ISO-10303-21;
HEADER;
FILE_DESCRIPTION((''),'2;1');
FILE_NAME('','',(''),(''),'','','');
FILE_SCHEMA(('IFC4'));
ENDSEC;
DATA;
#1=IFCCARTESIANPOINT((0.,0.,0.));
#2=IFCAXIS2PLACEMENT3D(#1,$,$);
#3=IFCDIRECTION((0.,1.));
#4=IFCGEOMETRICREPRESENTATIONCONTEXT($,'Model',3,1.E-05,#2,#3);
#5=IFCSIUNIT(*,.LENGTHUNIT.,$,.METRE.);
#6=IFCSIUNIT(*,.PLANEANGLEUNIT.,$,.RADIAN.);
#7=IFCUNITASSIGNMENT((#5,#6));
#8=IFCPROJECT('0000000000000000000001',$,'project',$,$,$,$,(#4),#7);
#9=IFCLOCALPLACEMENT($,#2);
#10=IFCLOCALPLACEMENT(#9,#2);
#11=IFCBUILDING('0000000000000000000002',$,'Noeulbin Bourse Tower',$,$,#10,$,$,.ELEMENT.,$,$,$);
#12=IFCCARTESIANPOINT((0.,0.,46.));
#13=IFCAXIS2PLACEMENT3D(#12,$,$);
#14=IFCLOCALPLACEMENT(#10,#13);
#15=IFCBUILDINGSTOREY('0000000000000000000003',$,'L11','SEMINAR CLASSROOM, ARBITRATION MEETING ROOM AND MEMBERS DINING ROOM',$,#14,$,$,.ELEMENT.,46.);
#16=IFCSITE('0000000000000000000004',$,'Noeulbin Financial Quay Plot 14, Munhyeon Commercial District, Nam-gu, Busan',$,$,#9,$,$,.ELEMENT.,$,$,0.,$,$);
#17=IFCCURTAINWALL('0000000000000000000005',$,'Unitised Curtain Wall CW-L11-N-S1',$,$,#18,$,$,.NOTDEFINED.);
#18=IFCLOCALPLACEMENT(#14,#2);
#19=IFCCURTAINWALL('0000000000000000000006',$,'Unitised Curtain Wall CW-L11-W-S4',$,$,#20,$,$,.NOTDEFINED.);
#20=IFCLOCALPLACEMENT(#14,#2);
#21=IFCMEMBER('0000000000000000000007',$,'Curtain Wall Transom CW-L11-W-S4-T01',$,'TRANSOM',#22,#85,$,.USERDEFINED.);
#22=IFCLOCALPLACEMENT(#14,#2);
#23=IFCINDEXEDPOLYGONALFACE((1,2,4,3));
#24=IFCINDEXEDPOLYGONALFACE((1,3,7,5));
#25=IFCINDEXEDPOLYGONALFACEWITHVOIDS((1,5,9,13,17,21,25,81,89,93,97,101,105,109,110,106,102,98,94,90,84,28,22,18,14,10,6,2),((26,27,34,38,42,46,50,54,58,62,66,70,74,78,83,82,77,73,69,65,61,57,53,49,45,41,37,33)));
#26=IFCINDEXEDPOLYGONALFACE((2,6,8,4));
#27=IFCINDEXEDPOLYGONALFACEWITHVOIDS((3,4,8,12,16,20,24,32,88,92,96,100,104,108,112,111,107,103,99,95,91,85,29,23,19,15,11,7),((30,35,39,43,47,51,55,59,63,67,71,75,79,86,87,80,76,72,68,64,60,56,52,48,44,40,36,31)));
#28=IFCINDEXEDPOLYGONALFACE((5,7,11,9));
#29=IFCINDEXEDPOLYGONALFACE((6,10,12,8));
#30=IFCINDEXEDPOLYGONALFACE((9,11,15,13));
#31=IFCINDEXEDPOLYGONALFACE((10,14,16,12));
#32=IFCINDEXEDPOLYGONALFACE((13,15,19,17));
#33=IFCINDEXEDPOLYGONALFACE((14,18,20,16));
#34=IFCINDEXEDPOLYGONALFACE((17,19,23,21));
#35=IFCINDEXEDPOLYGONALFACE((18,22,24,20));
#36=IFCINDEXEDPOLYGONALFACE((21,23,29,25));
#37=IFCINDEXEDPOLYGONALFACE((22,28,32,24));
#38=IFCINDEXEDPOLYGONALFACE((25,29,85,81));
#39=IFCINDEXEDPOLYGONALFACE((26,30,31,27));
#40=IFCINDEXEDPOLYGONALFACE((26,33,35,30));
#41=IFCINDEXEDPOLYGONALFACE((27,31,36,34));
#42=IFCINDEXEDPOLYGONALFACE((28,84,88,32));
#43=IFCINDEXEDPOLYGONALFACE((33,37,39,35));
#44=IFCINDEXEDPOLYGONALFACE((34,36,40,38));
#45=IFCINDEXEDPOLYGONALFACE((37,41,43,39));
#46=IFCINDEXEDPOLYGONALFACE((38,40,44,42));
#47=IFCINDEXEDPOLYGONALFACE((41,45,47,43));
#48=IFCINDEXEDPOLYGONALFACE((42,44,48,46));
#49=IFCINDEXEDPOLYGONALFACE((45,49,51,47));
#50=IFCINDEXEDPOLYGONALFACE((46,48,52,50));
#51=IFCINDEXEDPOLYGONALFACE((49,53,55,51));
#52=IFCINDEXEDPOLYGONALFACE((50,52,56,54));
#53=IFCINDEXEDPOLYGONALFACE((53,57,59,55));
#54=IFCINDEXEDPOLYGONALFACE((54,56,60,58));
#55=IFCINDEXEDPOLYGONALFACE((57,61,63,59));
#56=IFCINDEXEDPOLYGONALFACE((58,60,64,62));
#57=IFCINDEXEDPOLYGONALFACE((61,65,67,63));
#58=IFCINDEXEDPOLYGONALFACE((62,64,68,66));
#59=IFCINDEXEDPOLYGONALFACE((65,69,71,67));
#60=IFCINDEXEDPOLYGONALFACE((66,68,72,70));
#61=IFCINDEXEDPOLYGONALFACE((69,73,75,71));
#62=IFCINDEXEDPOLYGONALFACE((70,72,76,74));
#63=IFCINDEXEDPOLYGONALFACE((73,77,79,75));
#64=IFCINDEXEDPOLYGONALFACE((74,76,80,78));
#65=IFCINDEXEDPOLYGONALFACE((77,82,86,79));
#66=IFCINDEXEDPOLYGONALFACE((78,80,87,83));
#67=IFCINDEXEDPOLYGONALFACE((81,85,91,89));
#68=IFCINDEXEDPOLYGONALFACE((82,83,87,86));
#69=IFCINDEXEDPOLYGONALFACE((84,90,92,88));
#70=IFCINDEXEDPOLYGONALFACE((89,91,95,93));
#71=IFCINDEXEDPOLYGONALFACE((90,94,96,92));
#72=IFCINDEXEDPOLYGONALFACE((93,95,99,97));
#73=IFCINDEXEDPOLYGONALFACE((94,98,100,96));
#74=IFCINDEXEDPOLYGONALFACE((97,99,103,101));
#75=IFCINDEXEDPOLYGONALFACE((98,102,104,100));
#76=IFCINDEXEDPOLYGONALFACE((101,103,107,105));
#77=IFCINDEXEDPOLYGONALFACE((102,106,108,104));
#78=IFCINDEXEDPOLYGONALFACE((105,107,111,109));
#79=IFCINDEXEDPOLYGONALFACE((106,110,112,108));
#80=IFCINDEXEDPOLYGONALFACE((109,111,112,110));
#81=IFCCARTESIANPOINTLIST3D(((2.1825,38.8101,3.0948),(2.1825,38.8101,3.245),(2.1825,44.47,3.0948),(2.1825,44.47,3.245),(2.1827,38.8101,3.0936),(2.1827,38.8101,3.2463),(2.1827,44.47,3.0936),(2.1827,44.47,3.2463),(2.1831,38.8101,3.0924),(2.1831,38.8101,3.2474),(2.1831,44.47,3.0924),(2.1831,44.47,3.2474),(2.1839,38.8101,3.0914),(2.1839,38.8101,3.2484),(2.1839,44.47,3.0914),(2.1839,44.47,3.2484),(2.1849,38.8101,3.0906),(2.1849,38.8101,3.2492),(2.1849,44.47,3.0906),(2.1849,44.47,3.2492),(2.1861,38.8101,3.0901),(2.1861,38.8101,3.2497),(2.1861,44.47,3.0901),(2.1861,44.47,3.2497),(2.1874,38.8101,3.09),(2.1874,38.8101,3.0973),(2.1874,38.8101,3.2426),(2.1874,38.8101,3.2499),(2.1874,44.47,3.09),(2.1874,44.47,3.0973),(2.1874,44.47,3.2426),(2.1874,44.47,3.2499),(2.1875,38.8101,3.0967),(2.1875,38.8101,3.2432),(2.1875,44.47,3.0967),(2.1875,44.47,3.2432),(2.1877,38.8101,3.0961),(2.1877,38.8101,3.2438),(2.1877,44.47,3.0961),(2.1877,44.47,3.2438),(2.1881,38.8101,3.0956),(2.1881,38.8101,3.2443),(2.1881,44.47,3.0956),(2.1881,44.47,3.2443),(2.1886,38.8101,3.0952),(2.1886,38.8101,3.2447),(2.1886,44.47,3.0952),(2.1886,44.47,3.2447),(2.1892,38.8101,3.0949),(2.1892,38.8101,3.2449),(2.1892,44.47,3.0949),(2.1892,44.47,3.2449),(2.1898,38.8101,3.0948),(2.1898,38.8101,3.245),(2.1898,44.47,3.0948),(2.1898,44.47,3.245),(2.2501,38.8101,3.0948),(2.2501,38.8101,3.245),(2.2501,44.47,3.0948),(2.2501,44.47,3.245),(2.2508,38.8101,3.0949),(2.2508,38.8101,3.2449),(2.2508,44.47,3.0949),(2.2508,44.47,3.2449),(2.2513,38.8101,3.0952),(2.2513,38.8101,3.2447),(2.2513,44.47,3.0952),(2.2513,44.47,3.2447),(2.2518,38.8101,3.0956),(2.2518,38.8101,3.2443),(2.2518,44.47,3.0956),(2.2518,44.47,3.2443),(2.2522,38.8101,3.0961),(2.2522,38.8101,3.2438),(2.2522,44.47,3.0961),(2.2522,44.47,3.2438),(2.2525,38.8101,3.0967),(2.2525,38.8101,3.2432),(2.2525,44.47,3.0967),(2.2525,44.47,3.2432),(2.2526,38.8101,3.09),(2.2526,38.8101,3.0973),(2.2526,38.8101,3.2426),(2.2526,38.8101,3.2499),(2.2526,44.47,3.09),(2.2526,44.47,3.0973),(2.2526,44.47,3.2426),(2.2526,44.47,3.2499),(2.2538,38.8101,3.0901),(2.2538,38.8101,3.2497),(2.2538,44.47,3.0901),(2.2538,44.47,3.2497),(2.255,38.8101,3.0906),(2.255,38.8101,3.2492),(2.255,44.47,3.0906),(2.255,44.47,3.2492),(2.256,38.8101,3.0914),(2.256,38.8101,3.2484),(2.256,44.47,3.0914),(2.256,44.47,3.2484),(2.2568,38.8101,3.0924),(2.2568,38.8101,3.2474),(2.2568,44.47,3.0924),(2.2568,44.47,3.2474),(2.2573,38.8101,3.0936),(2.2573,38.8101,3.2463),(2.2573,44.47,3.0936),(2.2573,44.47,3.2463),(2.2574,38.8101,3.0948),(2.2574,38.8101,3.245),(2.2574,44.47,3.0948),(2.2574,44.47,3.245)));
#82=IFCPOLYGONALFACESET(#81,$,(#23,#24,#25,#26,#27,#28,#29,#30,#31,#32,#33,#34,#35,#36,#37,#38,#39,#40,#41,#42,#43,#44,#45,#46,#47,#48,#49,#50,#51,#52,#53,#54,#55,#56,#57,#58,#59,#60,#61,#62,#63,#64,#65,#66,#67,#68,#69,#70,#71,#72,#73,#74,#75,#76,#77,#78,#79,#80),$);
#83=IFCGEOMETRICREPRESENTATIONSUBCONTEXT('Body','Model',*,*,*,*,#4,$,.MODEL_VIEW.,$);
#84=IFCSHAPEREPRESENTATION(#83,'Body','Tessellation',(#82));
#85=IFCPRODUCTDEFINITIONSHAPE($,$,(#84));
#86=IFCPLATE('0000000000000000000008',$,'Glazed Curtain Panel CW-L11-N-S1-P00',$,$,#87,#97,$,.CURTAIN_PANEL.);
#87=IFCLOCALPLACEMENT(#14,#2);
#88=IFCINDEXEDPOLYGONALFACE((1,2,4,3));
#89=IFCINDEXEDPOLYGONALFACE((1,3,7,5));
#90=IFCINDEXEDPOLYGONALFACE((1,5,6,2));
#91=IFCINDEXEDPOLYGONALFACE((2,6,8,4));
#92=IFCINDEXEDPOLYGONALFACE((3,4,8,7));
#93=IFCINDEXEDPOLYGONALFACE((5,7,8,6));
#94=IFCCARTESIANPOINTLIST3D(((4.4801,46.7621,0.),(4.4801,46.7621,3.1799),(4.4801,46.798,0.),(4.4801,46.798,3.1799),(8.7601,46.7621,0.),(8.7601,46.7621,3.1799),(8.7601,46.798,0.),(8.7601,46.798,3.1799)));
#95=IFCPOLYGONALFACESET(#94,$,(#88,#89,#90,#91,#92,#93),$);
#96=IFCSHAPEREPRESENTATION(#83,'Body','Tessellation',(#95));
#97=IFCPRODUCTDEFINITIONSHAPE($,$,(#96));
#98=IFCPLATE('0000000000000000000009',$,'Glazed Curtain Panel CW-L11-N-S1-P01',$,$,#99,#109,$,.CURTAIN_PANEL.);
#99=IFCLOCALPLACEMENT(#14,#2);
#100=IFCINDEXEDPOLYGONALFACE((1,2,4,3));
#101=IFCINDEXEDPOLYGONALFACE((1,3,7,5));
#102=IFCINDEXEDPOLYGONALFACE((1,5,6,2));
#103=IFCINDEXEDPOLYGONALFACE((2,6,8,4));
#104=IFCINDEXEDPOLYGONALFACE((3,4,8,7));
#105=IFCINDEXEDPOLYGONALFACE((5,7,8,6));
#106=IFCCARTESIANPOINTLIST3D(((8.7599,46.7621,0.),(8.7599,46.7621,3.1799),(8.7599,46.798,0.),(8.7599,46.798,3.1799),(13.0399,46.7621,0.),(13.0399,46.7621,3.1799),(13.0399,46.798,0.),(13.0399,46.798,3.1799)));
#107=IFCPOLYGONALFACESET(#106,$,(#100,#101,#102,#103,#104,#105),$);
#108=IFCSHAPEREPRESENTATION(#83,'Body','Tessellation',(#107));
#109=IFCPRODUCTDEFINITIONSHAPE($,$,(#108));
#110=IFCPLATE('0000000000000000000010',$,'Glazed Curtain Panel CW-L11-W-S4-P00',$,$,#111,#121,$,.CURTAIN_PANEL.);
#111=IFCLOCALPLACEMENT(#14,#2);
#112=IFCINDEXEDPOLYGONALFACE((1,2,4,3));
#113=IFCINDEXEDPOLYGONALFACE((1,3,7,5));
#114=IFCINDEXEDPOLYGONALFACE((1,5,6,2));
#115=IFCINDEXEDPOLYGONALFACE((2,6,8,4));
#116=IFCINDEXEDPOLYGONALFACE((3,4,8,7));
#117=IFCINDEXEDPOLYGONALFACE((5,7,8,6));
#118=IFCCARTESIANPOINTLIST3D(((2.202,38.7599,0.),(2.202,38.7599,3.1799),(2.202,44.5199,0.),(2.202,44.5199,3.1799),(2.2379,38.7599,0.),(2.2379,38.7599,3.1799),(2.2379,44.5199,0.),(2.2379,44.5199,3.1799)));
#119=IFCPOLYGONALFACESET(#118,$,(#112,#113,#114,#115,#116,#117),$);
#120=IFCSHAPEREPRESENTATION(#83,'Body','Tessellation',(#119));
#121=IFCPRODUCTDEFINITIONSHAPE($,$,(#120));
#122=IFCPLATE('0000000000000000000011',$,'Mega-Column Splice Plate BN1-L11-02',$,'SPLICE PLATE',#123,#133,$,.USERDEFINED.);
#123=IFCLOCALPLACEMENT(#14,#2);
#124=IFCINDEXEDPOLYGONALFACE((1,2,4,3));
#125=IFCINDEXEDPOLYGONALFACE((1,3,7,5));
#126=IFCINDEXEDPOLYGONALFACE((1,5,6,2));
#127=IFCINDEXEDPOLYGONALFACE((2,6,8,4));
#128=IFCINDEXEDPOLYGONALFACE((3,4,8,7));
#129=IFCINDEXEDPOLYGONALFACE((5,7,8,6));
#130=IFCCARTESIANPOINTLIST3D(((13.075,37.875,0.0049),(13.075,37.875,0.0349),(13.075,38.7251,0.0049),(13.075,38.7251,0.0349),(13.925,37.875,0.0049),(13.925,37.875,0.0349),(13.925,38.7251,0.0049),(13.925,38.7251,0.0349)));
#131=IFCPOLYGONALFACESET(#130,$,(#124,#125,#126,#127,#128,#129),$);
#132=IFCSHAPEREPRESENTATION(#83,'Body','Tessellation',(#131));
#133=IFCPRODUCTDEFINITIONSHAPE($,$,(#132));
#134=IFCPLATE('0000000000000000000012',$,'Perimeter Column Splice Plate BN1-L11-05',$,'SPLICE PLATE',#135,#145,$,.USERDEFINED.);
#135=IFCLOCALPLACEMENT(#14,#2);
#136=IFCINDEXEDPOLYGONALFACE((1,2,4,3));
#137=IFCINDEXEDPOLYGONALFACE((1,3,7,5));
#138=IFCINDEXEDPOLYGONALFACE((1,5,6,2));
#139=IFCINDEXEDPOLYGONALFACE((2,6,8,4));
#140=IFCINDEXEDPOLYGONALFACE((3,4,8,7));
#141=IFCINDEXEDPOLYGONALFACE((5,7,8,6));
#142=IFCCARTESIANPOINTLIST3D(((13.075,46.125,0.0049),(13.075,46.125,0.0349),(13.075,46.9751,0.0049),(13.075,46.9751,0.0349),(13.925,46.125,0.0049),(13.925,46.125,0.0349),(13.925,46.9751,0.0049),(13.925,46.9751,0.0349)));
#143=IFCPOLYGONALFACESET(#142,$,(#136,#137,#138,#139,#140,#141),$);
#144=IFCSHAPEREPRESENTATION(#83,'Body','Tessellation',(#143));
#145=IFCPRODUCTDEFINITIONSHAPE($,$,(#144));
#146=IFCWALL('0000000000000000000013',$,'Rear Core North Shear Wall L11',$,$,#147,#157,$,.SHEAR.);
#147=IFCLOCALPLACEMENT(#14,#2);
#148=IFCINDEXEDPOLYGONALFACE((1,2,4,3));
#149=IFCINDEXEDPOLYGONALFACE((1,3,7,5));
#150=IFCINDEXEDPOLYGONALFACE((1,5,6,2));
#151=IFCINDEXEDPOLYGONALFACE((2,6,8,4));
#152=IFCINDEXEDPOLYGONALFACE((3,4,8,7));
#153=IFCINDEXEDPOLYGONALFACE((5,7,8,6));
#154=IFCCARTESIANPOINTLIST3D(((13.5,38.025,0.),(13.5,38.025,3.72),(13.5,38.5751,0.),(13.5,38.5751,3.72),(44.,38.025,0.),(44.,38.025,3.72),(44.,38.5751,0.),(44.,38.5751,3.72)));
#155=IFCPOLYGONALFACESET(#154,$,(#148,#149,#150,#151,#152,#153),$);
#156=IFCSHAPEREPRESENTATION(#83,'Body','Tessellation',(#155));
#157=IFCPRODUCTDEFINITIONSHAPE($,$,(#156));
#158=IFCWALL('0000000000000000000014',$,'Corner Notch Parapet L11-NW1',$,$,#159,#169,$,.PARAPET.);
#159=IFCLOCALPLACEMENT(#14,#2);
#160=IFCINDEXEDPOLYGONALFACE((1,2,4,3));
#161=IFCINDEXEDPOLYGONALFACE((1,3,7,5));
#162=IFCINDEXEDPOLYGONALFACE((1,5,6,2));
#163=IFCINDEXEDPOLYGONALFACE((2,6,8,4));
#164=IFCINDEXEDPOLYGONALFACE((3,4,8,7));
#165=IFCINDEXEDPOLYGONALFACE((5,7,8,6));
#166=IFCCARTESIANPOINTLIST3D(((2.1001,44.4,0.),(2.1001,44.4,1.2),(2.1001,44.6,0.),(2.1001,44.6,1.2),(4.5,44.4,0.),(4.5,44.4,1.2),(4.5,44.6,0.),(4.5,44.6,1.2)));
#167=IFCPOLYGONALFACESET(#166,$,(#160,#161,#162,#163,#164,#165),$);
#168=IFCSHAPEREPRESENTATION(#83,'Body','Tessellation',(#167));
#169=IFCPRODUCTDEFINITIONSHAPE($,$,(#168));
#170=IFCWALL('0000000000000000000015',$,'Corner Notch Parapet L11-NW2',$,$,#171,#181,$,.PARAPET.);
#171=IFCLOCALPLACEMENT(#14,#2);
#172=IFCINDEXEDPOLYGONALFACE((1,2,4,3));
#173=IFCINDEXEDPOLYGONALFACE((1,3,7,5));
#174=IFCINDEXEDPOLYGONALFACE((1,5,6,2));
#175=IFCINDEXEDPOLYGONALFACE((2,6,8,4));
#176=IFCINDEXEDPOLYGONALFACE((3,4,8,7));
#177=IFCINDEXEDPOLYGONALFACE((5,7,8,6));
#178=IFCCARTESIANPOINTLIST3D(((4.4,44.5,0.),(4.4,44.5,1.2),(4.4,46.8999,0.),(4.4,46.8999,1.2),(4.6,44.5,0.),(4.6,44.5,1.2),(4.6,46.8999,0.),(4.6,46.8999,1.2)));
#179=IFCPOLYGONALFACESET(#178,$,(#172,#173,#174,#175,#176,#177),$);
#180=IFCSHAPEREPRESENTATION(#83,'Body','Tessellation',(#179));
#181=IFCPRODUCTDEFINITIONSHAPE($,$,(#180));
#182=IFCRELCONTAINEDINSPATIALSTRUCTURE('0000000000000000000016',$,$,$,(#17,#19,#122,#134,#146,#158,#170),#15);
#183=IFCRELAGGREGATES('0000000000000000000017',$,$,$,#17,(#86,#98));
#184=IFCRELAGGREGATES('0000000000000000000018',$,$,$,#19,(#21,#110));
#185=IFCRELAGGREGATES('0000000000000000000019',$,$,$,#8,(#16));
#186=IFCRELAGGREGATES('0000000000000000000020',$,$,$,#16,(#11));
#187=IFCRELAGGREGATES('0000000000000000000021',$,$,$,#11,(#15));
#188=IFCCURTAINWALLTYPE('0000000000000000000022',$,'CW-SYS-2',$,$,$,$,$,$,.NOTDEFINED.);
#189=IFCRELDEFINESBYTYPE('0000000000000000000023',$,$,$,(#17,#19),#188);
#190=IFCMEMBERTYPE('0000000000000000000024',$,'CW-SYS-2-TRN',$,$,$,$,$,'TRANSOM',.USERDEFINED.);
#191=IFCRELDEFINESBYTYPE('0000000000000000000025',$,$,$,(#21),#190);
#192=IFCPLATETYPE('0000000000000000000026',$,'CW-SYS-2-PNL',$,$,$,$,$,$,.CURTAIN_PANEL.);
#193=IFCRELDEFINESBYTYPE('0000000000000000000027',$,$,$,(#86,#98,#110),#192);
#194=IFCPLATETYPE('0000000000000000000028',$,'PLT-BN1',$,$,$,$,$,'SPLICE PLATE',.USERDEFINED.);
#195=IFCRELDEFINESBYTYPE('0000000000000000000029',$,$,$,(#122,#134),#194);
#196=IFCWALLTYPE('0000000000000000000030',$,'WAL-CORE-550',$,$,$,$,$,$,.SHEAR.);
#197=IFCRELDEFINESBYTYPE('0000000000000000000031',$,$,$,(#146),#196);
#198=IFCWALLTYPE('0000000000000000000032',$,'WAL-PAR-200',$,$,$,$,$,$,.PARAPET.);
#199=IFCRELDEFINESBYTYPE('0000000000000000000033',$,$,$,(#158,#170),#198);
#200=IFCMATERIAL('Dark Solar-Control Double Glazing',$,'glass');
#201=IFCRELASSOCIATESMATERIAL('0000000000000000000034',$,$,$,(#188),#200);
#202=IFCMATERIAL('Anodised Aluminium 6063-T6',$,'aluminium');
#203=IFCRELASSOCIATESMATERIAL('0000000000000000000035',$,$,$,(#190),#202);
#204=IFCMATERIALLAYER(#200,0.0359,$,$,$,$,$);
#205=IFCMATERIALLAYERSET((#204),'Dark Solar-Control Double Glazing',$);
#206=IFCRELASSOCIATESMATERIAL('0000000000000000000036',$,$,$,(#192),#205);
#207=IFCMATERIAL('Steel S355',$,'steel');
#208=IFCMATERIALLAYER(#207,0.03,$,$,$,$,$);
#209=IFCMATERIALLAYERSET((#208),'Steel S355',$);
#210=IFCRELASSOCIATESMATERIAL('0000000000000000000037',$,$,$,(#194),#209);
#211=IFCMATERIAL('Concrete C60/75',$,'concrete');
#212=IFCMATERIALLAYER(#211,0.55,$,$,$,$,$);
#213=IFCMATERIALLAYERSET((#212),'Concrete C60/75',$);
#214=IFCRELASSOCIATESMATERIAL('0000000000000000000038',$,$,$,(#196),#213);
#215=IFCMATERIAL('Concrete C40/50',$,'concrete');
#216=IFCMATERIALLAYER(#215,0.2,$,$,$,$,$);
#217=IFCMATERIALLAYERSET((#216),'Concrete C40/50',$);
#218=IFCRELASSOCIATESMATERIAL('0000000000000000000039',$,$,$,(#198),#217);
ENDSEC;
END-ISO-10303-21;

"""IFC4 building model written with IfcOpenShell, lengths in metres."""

from ifc_helpers import new_model, si_unit, direction, frame, frame_2d, origin, origin_2d, place, context, subcontext, project, spatial, rectangle, hollow_rectangle, extrude, material, layer, layer_set, material_profile, profile_set, type_object, element, aggregate, save


model = new_model("IFC4")

# Units and contexts
model_context = context("Model", 3, precision=1e-05, world=origin(), true_north=direction((0.0, 1.0)))
body_context = subcontext(model_context, "Body", "Model", "MODEL_VIEW")
ifc_project = project(units=[si_unit("LENGTHUNIT", "METRE"), si_unit("PLANEANGLEUNIT", "RADIAN")], contexts=[model_context])

# Site, building, storey
site_placement = place(None, origin())
site = spatial("IfcSite", under=ifc_project, at=site_placement, Name="Noeulbin Financial Quay Plot 14, Munhyeon Commercial District, Nam-gu, Busan", CompositionType="ELEMENT", RefElevation=0.0)
building_placement = place(site_placement, origin())
building = spatial("IfcBuilding", under=site, at=building_placement, Name="Noeulbin Bourse Tower", CompositionType="ELEMENT")
storey_placement = place(building_placement, frame((0.0, 0.0, 46.0)))
storey = spatial("IfcBuildingStorey", under=building, at=storey_placement, Name="L11", Description="SEMINAR CLASSROOM, ARBITRATION MEETING ROOM AND MEMBERS DINING ROOM", CompositionType="ELEMENT", Elevation=46.0)

# Shared definitions
ifc_material_1 = material(Name="Steel S355", Category="steel")

# Curtain wall
ifc_material_2 = material(Name="Dark Solar-Control Double Glazing", Category="glass")
curtain_wall_type = type_object("IfcCurtainWallType", Name="CW-SYS-2", PredefinedType="NOTDEFINED", material=ifc_material_2)
curtain_wall_1_placement = place(storey_placement, origin())
curtain_wall_1 = element("IfcCurtainWall", 1, at=curtain_wall_1_placement, inside=storey, type_object=curtain_wall_type, Name="Unitised Curtain Wall CW-L11-N-S1", PredefinedType="NOTDEFINED")
ifc_material_3 = material(Name="Anodised Aluminium 6063-T6", Category="aluminium")

# Curtain wall
curtain_wall_2_placement = place(storey_placement, origin())
curtain_wall_2 = element("IfcCurtainWall", 2, at=curtain_wall_2_placement, inside=storey, type_object=curtain_wall_type, Name="Unitised Curtain Wall CW-L11-W-S4", PredefinedType="NOTDEFINED")

# Member
ifc_material_profile_1 = material_profile(ifc_material_3, hollow_rectangle(XDim=0.075, YDim=0.1599, WallThickness=0.0049, InnerFilletRadius=0.0024, OuterFilletRadius=0.0049, at=origin_2d()), Name="ALU-TRAN-75x160x5", Category="LoadBearing")
ifc_profile_set_1 = profile_set([ifc_material_profile_1], Name="Anodised Aluminium 6063-T6")
member_type_1 = type_object("IfcMemberType", Name="CW-SYS-2-TRN", ElementType="TRANSOM", PredefinedType="USERDEFINED", material=ifc_profile_set_1)
member_1_placement = place(storey_placement, frame((2.22, 38.8101, 3.1699), z_axis=(0.0, 1.0, 0.0), x_axis=(-1.0, 0.0, 0.0)))
member_1 = element("IfcMember", 3, at=member_1_placement, type_object=member_type_1, Name="Curtain Wall Transom CW-L11-W-S4-T01", ObjectType="TRANSOM", PredefinedType="USERDEFINED", context=body_context, shape_type="SweptSolid", body=[
    extrude(hollow_rectangle(XDim=0.075, YDim=0.1599, WallThickness=0.0049, InnerFilletRadius=0.0024, OuterFilletRadius=0.0049, at=origin_2d()), origin(), (0.0, 0.0, 1.0), 5.6599),
])

# Plates
ifc_layer_1 = layer(ifc_material_2, 0.0359)
ifc_layer_set_1 = layer_set([ifc_layer_1], Name="Dark Solar-Control Double Glazing")
plate_type_1 = type_object("IfcPlateType", Name="CW-SYS-2-PNL", PredefinedType="CURTAIN_PANEL", material=ifc_layer_set_1)
plate_1_placement = place(storey_placement, frame((6.6201, 46.78, 0.0), z_axis=(0.0, 0.0, 1.0), x_axis=(1.0, 0.0, 0.0)))
plate_1 = element("IfcPlate", 4, at=plate_1_placement, type_object=plate_type_1, Name="Glazed Curtain Panel CW-L11-N-S1-P00", PredefinedType="CURTAIN_PANEL", context=body_context, shape_type="SweptSolid", body=[
    extrude(rectangle(XDim=4.28, YDim=0.0359, at=origin_2d()), origin(), (0.0, 0.0, 1.0), 3.1799),
])
plate_2_placement = place(storey_placement, frame((10.8999, 46.78, 0.0), z_axis=(0.0, 0.0, 1.0), x_axis=(1.0, 0.0, 0.0)))
plate_2 = element("IfcPlate", 5, at=plate_2_placement, type_object=plate_type_1, Name="Glazed Curtain Panel CW-L11-N-S1-P01", PredefinedType="CURTAIN_PANEL", context=body_context, shape_type="SweptSolid", body=[
    extrude(rectangle(XDim=4.28, YDim=0.0359, at=origin_2d()), origin(), (0.0, 0.0, 1.0), 3.1799),
])
aggregate(curtain_wall_1, [plate_1, plate_2])
plate_3_placement = place(storey_placement, frame((2.22, 41.6399, 0.0), z_axis=(0.0, 0.0, 1.0), x_axis=(0.0, 1.0, 0.0)))
plate_3 = element("IfcPlate", 6, at=plate_3_placement, type_object=plate_type_1, Name="Glazed Curtain Panel CW-L11-W-S4-P00", PredefinedType="CURTAIN_PANEL", context=body_context, shape_type="SweptSolid", body=[
    extrude(rectangle(XDim=5.76, YDim=0.0359, at=origin_2d()), origin(), (0.0, 0.0, 1.0), 3.1799),
])
aggregate(curtain_wall_2, [member_1, plate_3])

# Plates
ifc_layer_2 = layer(ifc_material_1, 0.03)
ifc_layer_set_2 = layer_set([ifc_layer_2], Name="Steel S355")
plate_type_2 = type_object("IfcPlateType", Name="PLT-BN1", ElementType="SPLICE PLATE", PredefinedType="USERDEFINED", material=ifc_layer_set_2)
for number, where, z_axis, x_axis, name in (
    (7, (13.5, 38.3, 0.0049), (0.0, 0.0, 1.0), (1.0, 0.0, 0.0), "Mega-Column Splice Plate BN1-L11-02"),
    (8, (13.5, 46.55, 0.0049), (0.0, 0.0, 1.0), (1.0, 0.0, 0.0), "Perimeter Column Splice Plate BN1-L11-05"),
):
    element("IfcPlate", number, at=place(storey_placement, frame(where, z_axis=z_axis, x_axis=x_axis)), inside=storey, type_object=plate_type_2, Name=name, ObjectType="SPLICE PLATE", PredefinedType="USERDEFINED", context=body_context, shape_type="SweptSolid", body=[
        extrude(rectangle(XDim=0.8501, YDim=0.8501, at=origin_2d()), origin(), (0.0, 0.0, 1.0), 0.03),
    ])

# Walls
ifc_material_4 = material(Name="Concrete C60/75", Category="concrete")
ifc_layer_3 = layer(ifc_material_4, 0.55)
ifc_layer_set_3 = layer_set([ifc_layer_3], Name="Concrete C60/75")
wall_type_1 = type_object("IfcWallType", Name="WAL-CORE-550", PredefinedType="SHEAR", material=ifc_layer_set_3)
wall_1_placement = place(storey_placement, frame((13.5, 38.3, 0.0), z_axis=(0.0, 0.0, 1.0), x_axis=(1.0, 0.0, 0.0)))
element("IfcWall", 9, at=wall_1_placement, inside=storey, type_object=wall_type_1, Name="Rear Core North Shear Wall L11", PredefinedType="SHEAR", context=body_context, shape_type="SweptSolid", body=[
    extrude(rectangle(XDim=30.5, YDim=0.55, at=frame_2d((15.25, 0.0))), origin(), (0.0, 0.0, 1.0), 3.72),
])
ifc_material_5 = material(Name="Concrete C40/50", Category="concrete")
ifc_layer_4 = layer(ifc_material_5, 0.2)
ifc_layer_set_4 = layer_set([ifc_layer_4], Name="Concrete C40/50")
wall_type_2 = type_object("IfcWallType", Name="WAL-PAR-200", PredefinedType="PARAPET", material=ifc_layer_set_4)
for number, where, z_axis, x_axis, name in (
    (10, (2.1001, 44.5, 0.0), (0.0, 0.0, 1.0), (1.0, 0.0, 0.0), "Corner Notch Parapet L11-NW1"),
    (11, (4.5, 44.5, 0.0), (0.0, 0.0, 1.0), (0.0, 1.0, 0.0), "Corner Notch Parapet L11-NW2"),
):
    element("IfcWall", number, at=place(storey_placement, frame(where, z_axis=z_axis, x_axis=x_axis)), inside=storey, type_object=wall_type_2, Name=name, PredefinedType="PARAPET", context=body_context, shape_type="SweptSolid", body=[
        extrude(rectangle(XDim=2.3999, YDim=0.2, at=frame_2d((1.2, 0.0))), origin(), (0.0, 0.0, 1.0), 1.2),
    ])

save(model, "model.ifc")
